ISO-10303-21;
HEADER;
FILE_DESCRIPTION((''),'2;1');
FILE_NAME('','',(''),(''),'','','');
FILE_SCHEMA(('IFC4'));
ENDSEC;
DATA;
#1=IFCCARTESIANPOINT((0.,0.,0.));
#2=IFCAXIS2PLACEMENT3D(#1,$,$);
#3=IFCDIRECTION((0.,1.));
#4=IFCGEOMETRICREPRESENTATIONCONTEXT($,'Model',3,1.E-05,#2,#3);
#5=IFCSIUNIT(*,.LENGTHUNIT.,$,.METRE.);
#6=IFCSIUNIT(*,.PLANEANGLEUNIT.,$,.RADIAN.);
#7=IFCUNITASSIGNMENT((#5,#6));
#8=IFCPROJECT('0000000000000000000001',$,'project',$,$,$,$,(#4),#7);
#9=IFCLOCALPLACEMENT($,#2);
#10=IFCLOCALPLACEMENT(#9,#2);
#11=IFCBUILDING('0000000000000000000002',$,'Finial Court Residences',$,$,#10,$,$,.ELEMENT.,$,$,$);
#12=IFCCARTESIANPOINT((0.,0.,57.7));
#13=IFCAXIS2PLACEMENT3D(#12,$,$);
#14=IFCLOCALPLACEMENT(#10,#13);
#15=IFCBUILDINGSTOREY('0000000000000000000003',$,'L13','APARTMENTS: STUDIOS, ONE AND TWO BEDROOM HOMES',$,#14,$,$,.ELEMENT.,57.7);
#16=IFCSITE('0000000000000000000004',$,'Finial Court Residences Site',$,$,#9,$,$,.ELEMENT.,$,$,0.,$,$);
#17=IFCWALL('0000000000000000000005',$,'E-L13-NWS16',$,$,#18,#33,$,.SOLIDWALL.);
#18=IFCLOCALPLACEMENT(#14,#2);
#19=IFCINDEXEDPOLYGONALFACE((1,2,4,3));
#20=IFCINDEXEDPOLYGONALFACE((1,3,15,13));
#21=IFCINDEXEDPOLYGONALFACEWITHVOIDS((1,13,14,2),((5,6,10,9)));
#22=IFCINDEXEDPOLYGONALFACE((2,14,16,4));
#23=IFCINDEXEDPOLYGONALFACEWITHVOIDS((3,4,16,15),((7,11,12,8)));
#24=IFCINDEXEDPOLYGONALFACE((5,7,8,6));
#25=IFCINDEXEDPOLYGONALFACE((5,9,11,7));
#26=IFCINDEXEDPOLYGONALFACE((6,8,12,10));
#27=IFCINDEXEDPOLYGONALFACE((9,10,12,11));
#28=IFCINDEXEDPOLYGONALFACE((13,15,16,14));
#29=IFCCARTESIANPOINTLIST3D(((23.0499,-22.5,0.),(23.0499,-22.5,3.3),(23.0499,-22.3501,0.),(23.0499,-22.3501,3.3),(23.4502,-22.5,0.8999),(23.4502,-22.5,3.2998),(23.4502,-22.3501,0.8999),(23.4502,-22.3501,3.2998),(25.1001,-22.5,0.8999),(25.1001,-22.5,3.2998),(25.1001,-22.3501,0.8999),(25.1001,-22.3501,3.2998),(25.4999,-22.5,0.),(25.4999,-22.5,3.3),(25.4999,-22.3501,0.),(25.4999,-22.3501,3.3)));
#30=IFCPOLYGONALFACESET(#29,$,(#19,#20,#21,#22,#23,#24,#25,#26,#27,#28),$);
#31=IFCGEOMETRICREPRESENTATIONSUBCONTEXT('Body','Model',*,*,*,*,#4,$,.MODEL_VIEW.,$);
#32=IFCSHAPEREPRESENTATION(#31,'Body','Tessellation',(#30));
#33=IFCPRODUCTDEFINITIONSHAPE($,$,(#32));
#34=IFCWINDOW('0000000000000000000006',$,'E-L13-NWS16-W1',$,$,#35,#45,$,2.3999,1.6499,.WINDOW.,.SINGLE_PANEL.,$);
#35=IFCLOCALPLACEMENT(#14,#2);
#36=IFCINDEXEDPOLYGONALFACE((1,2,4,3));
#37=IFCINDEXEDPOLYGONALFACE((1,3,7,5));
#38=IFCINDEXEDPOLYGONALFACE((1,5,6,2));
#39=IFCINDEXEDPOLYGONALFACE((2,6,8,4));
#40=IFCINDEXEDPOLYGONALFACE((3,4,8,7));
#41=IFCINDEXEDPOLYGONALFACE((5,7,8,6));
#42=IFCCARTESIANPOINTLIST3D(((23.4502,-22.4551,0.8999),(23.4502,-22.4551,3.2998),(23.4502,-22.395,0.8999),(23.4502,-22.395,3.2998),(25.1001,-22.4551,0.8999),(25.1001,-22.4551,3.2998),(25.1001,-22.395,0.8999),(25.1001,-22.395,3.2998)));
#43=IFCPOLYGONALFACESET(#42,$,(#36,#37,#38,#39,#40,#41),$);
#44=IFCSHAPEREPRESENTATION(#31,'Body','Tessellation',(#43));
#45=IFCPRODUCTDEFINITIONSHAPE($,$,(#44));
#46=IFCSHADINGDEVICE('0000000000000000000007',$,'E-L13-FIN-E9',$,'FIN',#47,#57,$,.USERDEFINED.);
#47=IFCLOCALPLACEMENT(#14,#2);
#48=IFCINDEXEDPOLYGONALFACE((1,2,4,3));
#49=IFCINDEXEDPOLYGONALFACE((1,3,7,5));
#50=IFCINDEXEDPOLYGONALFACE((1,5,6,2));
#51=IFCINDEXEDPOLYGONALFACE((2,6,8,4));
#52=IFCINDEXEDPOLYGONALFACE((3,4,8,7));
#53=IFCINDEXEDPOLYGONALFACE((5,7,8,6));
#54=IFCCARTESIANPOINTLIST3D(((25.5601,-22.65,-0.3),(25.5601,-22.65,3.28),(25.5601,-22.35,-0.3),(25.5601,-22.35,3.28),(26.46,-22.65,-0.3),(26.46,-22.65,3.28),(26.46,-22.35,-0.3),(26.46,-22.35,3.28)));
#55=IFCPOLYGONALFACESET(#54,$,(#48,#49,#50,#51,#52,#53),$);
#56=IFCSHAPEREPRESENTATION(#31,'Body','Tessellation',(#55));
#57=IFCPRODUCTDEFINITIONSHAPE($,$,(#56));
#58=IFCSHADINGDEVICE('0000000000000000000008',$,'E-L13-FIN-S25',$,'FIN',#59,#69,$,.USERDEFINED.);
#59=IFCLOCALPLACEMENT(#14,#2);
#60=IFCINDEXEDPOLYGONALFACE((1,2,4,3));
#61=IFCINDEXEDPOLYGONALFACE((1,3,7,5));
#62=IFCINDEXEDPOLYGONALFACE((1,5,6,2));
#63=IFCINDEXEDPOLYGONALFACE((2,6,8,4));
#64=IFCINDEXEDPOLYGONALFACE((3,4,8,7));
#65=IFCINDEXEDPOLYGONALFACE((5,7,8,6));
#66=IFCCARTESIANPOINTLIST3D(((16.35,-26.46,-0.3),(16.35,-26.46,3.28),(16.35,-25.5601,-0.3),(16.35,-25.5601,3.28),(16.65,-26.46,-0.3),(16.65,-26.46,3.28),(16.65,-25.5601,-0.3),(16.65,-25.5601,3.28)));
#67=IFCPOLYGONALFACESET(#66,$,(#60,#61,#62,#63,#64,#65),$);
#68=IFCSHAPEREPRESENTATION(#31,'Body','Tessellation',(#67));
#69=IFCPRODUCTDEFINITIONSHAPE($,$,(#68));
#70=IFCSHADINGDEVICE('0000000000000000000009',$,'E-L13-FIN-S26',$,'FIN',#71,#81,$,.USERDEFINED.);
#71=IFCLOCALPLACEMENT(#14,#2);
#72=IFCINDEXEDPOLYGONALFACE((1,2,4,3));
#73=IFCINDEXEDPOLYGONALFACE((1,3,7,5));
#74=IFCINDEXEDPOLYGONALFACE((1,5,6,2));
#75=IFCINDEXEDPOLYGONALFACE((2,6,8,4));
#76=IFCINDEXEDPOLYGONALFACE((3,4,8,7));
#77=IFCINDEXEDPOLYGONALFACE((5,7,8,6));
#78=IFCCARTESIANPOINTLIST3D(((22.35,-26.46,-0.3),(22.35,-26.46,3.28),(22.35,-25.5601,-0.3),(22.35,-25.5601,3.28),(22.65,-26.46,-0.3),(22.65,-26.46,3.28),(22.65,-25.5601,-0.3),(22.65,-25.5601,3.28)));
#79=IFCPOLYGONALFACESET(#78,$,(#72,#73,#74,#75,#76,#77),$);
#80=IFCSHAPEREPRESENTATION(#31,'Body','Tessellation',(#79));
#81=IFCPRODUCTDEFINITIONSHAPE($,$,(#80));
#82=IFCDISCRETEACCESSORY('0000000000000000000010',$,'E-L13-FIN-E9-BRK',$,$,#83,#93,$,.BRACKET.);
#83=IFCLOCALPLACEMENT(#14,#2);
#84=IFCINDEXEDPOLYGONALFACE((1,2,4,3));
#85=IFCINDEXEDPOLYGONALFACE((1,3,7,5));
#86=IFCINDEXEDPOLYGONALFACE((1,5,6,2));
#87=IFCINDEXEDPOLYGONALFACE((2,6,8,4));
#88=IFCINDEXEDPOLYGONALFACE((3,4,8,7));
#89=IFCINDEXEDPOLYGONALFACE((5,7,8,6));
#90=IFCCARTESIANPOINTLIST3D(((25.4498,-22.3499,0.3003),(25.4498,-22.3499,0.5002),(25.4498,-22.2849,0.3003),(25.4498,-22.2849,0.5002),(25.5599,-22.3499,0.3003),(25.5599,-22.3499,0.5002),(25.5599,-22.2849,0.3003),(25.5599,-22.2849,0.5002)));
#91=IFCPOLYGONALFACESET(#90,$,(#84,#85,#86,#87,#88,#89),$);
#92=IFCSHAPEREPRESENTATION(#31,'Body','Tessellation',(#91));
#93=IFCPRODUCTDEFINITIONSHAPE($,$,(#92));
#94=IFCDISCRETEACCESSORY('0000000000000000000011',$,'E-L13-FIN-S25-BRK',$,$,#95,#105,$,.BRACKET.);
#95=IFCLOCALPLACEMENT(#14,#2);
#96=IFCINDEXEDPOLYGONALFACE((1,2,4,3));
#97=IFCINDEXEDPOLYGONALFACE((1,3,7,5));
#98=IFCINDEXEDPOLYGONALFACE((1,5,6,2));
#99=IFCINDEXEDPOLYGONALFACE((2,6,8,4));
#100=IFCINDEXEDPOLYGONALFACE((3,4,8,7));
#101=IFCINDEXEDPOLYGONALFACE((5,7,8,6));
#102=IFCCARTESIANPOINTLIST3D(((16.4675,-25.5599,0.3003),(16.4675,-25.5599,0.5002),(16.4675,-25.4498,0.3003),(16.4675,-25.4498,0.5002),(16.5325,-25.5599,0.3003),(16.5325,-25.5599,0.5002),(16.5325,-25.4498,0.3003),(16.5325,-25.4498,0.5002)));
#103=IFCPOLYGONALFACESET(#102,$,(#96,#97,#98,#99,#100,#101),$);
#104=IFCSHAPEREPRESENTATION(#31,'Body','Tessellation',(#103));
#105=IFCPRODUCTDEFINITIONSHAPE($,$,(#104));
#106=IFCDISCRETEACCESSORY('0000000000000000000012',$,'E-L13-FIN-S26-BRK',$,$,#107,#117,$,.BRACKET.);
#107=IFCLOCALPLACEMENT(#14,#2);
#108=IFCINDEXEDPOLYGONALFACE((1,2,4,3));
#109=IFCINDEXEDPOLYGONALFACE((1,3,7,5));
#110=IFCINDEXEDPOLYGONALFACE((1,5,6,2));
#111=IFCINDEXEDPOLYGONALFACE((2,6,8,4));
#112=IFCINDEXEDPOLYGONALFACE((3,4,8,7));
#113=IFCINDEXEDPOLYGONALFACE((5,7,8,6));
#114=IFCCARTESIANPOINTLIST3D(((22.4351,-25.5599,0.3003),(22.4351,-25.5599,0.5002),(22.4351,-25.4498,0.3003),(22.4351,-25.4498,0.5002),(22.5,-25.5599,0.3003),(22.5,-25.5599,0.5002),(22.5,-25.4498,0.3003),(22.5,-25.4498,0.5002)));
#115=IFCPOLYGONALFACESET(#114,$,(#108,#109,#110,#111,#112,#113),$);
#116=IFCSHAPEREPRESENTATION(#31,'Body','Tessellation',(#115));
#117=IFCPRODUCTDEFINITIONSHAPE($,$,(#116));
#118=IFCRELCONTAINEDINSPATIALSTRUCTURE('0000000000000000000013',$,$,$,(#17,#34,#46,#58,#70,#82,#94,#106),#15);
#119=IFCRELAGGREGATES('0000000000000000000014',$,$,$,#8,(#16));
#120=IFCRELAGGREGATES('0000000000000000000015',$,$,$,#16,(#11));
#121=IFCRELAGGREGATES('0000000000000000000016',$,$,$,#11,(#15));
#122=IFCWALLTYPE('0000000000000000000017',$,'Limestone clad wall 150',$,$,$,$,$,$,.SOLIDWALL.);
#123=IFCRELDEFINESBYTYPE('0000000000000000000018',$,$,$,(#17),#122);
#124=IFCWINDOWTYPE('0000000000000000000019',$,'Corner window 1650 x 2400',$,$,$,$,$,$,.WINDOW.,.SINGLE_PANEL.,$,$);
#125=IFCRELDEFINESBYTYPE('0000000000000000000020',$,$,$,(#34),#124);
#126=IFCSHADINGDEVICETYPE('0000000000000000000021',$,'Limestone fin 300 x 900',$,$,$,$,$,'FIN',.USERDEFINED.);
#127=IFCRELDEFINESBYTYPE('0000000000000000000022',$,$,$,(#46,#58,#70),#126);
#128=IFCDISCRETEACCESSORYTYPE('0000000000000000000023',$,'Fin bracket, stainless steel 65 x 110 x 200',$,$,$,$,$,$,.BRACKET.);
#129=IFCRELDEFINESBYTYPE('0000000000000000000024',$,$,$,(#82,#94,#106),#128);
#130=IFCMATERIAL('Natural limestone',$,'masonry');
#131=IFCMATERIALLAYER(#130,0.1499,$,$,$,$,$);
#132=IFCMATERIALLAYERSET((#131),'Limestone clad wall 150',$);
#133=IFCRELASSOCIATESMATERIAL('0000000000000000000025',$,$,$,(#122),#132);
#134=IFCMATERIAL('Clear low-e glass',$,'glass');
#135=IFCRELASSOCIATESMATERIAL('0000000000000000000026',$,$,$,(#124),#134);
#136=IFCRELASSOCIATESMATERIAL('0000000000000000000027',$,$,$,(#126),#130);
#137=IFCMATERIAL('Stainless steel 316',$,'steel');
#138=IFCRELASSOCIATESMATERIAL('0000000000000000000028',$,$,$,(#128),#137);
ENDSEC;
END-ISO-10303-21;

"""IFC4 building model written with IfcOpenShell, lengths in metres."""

from ifc_helpers import new_model, si_unit, direction, frame, frame_2d, origin, origin_2d, place, context, subcontext, project, spatial, rectangle, extrude, material, layer, layer_set, type_object, element, fill, save


model = new_model("IFC4")

# Units and contexts
model_context = context("Model", 3, precision=1e-05, world=origin(), true_north=direction((0.0, 1.0)))
body_context = subcontext(model_context, "Body", "Model", "MODEL_VIEW")
ifc_project = project(units=[si_unit("LENGTHUNIT", "METRE"), si_unit("PLANEANGLEUNIT", "RADIAN")], contexts=[model_context])

# Site, building, storey
site_placement = place(None, origin())
site = spatial("IfcSite", under=ifc_project, at=site_placement, Name="Finial Court Residences Site", CompositionType="ELEMENT", RefElevation=0.0)
building_placement = place(site_placement, origin())
building = spatial("IfcBuilding", under=site, at=building_placement, Name="Finial Court Residences", CompositionType="ELEMENT")
storey_placement = place(building_placement, frame((0.0, 0.0, 57.7)))
storey = spatial("IfcBuildingStorey", under=building, at=storey_placement, Name="L13", Description="APARTMENTS: STUDIOS, ONE AND TWO BEDROOM HOMES", CompositionType="ELEMENT", Elevation=57.7)

# Shared definitions
ifc_material_1 = material(Name="Clear low-e glass", Category="glass")

# Wall, opening, window
ifc_material_2 = material(Name="Natural limestone", Category="masonry")
ifc_layer_1 = layer(ifc_material_2, 0.1499)
ifc_layer_set_1 = layer_set([ifc_layer_1], Name="Limestone clad wall 150")
wall_type_1 = type_object("IfcWallType", Name="Limestone clad wall 150", PredefinedType="SOLIDWALL", material=ifc_layer_set_1)
wall_1_placement = place(storey_placement, frame((25.5, -22.425, 0.0), z_axis=(0.0, 0.0, 1.0), x_axis=(-1.0, 0.0, 0.0)))
wall_1 = element("IfcWall", 1, at=wall_1_placement, inside=storey, type_object=wall_type_1, Name="E-L13-NWS16", PredefinedType="SOLIDWALL", context=body_context, shape_type="SweptSolid", body=[
    extrude(rectangle(XDim=2.45, YDim=0.1499, at=frame_2d((1.2251, 0.0))), origin(), (0.0, 0.0, 1.0), 3.3),
])
opening_1_placement = place(wall_1_placement, frame((0.3999, 0.0, 0.8999)))
opening_1 = element("IfcOpeningElement", 2, at=opening_1_placement, cuts=wall_1, PredefinedType="OPENING", context=body_context, shape_type="SweptSolid", body=[
    extrude(rectangle(XDim=1.6499, YDim=2.3999, at=frame_2d((0.825, 1.2))), frame((0.0, 0.085, 0.0), z_axis=(0.0, -1.0, 0.0), x_axis=(1.0, 0.0, 0.0)), (0.0, 0.0, 1.0), 0.1699),
])
window_type_1 = type_object("IfcWindowType", Name="Corner window 1650 x 2400", PartitioningType="SINGLE_PANEL", PredefinedType="WINDOW", material=ifc_material_1)
window_1_placement = place(opening_1_placement, origin())
window_1 = element("IfcWindow", 3, at=window_1_placement, inside=storey, type_object=window_type_1, Name="E-L13-NWS16-W1", OverallHeight=2.3999, OverallWidth=1.6499, PartitioningType="SINGLE_PANEL", PredefinedType="WINDOW", context=body_context, shape_type="SweptSolid", body=[
    extrude(rectangle(XDim=1.6499, YDim=2.3999, at=frame_2d((0.825, 1.2))), frame((0.0, 0.03, 0.0), z_axis=(0.0, -1.0, 0.0), x_axis=(1.0, 0.0, 0.0)), (0.0, 0.0, 1.0), 0.0601),
])
fill(opening_1, window_1)

# Shading devices
shading_device_type = type_object("IfcShadingDeviceType", Name="Limestone fin 300 x 900", ElementType="FIN", PredefinedType="USERDEFINED", material=ifc_material_2)
shading_device_placement = place(storey_placement, frame((26.01, -22.5, -0.3), z_axis=(0.0, 0.0, 1.0), x_axis=(1.0, 0.0, 0.0)))
element("IfcShadingDevice", 4, at=shading_device_placement, inside=storey, type_object=shading_device_type, Name="E-L13-FIN-E9", ObjectType="FIN", PredefinedType="USERDEFINED", context=body_context, shape_type="SweptSolid", body=[
    extrude(rectangle(XDim=0.8999, YDim=0.3, at=origin_2d()), origin(), (0.0, 0.0, 1.0), 3.5801),
])
for number, where, z_axis, x_axis, name in (
    (5, (16.5, -26.01, -0.3), (0.0, 0.0, 1.0), (1.0, 0.0, 0.0), "E-L13-FIN-S25"),
    (6, (22.5, -26.01, -0.3), (0.0, 0.0, 1.0), (1.0, 0.0, 0.0), "E-L13-FIN-S26"),
):
    element("IfcShadingDevice", number, at=place(storey_placement, frame(where, z_axis=z_axis, x_axis=x_axis)), inside=storey, type_object=shading_device_type, Name=name, ObjectType="FIN", PredefinedType="USERDEFINED", context=body_context, shape_type="SweptSolid", body=[
        extrude(rectangle(XDim=0.3, YDim=0.8999, at=origin_2d()), origin(), (0.0, 0.0, 1.0), 3.5801),
    ])

# Discrete accessories
ifc_material_3 = material(Name="Stainless steel 316", Category="steel")
discrete_accessory_type = type_object("IfcDiscreteAccessoryType", Name="Fin bracket, stainless steel 65 x 110 x 200", PredefinedType="BRACKET", material=ifc_material_3)
discrete_accessory_placement = place(storey_placement, frame((25.5049, -22.3174, 0.3003), z_axis=(0.0, 0.0, 1.0), x_axis=(1.0, 0.0, 0.0)))
element("IfcDiscreteAccessory", 7, at=discrete_accessory_placement, inside=storey, type_object=discrete_accessory_type, Name="E-L13-FIN-E9-BRK", PredefinedType="BRACKET", context=body_context, shape_type="SweptSolid", body=[
    extrude(rectangle(XDim=0.1101, YDim=0.0649, at=origin_2d()), origin(), (0.0, 0.0, 1.0), 0.2),
])
for number, where, z_axis, x_axis, name in (
    (8, (16.5, -25.5049, 0.3003), (0.0, 0.0, 1.0), (1.0, 0.0, 0.0), "E-L13-FIN-S25-BRK"),
    (9, (22.4675, -25.5049, 0.3003), (0.0, 0.0, 1.0), (1.0, 0.0, 0.0), "E-L13-FIN-S26-BRK"),
):
    element("IfcDiscreteAccessory", number, at=place(storey_placement, frame(where, z_axis=z_axis, x_axis=x_axis)), inside=storey, type_object=discrete_accessory_type, Name=name, PredefinedType="BRACKET", context=body_context, shape_type="SweptSolid", body=[
        extrude(rectangle(XDim=0.0649, YDim=0.1101, at=origin_2d()), origin(), (0.0, 0.0, 1.0), 0.2),
    ])

save(model, "model.ifc")
